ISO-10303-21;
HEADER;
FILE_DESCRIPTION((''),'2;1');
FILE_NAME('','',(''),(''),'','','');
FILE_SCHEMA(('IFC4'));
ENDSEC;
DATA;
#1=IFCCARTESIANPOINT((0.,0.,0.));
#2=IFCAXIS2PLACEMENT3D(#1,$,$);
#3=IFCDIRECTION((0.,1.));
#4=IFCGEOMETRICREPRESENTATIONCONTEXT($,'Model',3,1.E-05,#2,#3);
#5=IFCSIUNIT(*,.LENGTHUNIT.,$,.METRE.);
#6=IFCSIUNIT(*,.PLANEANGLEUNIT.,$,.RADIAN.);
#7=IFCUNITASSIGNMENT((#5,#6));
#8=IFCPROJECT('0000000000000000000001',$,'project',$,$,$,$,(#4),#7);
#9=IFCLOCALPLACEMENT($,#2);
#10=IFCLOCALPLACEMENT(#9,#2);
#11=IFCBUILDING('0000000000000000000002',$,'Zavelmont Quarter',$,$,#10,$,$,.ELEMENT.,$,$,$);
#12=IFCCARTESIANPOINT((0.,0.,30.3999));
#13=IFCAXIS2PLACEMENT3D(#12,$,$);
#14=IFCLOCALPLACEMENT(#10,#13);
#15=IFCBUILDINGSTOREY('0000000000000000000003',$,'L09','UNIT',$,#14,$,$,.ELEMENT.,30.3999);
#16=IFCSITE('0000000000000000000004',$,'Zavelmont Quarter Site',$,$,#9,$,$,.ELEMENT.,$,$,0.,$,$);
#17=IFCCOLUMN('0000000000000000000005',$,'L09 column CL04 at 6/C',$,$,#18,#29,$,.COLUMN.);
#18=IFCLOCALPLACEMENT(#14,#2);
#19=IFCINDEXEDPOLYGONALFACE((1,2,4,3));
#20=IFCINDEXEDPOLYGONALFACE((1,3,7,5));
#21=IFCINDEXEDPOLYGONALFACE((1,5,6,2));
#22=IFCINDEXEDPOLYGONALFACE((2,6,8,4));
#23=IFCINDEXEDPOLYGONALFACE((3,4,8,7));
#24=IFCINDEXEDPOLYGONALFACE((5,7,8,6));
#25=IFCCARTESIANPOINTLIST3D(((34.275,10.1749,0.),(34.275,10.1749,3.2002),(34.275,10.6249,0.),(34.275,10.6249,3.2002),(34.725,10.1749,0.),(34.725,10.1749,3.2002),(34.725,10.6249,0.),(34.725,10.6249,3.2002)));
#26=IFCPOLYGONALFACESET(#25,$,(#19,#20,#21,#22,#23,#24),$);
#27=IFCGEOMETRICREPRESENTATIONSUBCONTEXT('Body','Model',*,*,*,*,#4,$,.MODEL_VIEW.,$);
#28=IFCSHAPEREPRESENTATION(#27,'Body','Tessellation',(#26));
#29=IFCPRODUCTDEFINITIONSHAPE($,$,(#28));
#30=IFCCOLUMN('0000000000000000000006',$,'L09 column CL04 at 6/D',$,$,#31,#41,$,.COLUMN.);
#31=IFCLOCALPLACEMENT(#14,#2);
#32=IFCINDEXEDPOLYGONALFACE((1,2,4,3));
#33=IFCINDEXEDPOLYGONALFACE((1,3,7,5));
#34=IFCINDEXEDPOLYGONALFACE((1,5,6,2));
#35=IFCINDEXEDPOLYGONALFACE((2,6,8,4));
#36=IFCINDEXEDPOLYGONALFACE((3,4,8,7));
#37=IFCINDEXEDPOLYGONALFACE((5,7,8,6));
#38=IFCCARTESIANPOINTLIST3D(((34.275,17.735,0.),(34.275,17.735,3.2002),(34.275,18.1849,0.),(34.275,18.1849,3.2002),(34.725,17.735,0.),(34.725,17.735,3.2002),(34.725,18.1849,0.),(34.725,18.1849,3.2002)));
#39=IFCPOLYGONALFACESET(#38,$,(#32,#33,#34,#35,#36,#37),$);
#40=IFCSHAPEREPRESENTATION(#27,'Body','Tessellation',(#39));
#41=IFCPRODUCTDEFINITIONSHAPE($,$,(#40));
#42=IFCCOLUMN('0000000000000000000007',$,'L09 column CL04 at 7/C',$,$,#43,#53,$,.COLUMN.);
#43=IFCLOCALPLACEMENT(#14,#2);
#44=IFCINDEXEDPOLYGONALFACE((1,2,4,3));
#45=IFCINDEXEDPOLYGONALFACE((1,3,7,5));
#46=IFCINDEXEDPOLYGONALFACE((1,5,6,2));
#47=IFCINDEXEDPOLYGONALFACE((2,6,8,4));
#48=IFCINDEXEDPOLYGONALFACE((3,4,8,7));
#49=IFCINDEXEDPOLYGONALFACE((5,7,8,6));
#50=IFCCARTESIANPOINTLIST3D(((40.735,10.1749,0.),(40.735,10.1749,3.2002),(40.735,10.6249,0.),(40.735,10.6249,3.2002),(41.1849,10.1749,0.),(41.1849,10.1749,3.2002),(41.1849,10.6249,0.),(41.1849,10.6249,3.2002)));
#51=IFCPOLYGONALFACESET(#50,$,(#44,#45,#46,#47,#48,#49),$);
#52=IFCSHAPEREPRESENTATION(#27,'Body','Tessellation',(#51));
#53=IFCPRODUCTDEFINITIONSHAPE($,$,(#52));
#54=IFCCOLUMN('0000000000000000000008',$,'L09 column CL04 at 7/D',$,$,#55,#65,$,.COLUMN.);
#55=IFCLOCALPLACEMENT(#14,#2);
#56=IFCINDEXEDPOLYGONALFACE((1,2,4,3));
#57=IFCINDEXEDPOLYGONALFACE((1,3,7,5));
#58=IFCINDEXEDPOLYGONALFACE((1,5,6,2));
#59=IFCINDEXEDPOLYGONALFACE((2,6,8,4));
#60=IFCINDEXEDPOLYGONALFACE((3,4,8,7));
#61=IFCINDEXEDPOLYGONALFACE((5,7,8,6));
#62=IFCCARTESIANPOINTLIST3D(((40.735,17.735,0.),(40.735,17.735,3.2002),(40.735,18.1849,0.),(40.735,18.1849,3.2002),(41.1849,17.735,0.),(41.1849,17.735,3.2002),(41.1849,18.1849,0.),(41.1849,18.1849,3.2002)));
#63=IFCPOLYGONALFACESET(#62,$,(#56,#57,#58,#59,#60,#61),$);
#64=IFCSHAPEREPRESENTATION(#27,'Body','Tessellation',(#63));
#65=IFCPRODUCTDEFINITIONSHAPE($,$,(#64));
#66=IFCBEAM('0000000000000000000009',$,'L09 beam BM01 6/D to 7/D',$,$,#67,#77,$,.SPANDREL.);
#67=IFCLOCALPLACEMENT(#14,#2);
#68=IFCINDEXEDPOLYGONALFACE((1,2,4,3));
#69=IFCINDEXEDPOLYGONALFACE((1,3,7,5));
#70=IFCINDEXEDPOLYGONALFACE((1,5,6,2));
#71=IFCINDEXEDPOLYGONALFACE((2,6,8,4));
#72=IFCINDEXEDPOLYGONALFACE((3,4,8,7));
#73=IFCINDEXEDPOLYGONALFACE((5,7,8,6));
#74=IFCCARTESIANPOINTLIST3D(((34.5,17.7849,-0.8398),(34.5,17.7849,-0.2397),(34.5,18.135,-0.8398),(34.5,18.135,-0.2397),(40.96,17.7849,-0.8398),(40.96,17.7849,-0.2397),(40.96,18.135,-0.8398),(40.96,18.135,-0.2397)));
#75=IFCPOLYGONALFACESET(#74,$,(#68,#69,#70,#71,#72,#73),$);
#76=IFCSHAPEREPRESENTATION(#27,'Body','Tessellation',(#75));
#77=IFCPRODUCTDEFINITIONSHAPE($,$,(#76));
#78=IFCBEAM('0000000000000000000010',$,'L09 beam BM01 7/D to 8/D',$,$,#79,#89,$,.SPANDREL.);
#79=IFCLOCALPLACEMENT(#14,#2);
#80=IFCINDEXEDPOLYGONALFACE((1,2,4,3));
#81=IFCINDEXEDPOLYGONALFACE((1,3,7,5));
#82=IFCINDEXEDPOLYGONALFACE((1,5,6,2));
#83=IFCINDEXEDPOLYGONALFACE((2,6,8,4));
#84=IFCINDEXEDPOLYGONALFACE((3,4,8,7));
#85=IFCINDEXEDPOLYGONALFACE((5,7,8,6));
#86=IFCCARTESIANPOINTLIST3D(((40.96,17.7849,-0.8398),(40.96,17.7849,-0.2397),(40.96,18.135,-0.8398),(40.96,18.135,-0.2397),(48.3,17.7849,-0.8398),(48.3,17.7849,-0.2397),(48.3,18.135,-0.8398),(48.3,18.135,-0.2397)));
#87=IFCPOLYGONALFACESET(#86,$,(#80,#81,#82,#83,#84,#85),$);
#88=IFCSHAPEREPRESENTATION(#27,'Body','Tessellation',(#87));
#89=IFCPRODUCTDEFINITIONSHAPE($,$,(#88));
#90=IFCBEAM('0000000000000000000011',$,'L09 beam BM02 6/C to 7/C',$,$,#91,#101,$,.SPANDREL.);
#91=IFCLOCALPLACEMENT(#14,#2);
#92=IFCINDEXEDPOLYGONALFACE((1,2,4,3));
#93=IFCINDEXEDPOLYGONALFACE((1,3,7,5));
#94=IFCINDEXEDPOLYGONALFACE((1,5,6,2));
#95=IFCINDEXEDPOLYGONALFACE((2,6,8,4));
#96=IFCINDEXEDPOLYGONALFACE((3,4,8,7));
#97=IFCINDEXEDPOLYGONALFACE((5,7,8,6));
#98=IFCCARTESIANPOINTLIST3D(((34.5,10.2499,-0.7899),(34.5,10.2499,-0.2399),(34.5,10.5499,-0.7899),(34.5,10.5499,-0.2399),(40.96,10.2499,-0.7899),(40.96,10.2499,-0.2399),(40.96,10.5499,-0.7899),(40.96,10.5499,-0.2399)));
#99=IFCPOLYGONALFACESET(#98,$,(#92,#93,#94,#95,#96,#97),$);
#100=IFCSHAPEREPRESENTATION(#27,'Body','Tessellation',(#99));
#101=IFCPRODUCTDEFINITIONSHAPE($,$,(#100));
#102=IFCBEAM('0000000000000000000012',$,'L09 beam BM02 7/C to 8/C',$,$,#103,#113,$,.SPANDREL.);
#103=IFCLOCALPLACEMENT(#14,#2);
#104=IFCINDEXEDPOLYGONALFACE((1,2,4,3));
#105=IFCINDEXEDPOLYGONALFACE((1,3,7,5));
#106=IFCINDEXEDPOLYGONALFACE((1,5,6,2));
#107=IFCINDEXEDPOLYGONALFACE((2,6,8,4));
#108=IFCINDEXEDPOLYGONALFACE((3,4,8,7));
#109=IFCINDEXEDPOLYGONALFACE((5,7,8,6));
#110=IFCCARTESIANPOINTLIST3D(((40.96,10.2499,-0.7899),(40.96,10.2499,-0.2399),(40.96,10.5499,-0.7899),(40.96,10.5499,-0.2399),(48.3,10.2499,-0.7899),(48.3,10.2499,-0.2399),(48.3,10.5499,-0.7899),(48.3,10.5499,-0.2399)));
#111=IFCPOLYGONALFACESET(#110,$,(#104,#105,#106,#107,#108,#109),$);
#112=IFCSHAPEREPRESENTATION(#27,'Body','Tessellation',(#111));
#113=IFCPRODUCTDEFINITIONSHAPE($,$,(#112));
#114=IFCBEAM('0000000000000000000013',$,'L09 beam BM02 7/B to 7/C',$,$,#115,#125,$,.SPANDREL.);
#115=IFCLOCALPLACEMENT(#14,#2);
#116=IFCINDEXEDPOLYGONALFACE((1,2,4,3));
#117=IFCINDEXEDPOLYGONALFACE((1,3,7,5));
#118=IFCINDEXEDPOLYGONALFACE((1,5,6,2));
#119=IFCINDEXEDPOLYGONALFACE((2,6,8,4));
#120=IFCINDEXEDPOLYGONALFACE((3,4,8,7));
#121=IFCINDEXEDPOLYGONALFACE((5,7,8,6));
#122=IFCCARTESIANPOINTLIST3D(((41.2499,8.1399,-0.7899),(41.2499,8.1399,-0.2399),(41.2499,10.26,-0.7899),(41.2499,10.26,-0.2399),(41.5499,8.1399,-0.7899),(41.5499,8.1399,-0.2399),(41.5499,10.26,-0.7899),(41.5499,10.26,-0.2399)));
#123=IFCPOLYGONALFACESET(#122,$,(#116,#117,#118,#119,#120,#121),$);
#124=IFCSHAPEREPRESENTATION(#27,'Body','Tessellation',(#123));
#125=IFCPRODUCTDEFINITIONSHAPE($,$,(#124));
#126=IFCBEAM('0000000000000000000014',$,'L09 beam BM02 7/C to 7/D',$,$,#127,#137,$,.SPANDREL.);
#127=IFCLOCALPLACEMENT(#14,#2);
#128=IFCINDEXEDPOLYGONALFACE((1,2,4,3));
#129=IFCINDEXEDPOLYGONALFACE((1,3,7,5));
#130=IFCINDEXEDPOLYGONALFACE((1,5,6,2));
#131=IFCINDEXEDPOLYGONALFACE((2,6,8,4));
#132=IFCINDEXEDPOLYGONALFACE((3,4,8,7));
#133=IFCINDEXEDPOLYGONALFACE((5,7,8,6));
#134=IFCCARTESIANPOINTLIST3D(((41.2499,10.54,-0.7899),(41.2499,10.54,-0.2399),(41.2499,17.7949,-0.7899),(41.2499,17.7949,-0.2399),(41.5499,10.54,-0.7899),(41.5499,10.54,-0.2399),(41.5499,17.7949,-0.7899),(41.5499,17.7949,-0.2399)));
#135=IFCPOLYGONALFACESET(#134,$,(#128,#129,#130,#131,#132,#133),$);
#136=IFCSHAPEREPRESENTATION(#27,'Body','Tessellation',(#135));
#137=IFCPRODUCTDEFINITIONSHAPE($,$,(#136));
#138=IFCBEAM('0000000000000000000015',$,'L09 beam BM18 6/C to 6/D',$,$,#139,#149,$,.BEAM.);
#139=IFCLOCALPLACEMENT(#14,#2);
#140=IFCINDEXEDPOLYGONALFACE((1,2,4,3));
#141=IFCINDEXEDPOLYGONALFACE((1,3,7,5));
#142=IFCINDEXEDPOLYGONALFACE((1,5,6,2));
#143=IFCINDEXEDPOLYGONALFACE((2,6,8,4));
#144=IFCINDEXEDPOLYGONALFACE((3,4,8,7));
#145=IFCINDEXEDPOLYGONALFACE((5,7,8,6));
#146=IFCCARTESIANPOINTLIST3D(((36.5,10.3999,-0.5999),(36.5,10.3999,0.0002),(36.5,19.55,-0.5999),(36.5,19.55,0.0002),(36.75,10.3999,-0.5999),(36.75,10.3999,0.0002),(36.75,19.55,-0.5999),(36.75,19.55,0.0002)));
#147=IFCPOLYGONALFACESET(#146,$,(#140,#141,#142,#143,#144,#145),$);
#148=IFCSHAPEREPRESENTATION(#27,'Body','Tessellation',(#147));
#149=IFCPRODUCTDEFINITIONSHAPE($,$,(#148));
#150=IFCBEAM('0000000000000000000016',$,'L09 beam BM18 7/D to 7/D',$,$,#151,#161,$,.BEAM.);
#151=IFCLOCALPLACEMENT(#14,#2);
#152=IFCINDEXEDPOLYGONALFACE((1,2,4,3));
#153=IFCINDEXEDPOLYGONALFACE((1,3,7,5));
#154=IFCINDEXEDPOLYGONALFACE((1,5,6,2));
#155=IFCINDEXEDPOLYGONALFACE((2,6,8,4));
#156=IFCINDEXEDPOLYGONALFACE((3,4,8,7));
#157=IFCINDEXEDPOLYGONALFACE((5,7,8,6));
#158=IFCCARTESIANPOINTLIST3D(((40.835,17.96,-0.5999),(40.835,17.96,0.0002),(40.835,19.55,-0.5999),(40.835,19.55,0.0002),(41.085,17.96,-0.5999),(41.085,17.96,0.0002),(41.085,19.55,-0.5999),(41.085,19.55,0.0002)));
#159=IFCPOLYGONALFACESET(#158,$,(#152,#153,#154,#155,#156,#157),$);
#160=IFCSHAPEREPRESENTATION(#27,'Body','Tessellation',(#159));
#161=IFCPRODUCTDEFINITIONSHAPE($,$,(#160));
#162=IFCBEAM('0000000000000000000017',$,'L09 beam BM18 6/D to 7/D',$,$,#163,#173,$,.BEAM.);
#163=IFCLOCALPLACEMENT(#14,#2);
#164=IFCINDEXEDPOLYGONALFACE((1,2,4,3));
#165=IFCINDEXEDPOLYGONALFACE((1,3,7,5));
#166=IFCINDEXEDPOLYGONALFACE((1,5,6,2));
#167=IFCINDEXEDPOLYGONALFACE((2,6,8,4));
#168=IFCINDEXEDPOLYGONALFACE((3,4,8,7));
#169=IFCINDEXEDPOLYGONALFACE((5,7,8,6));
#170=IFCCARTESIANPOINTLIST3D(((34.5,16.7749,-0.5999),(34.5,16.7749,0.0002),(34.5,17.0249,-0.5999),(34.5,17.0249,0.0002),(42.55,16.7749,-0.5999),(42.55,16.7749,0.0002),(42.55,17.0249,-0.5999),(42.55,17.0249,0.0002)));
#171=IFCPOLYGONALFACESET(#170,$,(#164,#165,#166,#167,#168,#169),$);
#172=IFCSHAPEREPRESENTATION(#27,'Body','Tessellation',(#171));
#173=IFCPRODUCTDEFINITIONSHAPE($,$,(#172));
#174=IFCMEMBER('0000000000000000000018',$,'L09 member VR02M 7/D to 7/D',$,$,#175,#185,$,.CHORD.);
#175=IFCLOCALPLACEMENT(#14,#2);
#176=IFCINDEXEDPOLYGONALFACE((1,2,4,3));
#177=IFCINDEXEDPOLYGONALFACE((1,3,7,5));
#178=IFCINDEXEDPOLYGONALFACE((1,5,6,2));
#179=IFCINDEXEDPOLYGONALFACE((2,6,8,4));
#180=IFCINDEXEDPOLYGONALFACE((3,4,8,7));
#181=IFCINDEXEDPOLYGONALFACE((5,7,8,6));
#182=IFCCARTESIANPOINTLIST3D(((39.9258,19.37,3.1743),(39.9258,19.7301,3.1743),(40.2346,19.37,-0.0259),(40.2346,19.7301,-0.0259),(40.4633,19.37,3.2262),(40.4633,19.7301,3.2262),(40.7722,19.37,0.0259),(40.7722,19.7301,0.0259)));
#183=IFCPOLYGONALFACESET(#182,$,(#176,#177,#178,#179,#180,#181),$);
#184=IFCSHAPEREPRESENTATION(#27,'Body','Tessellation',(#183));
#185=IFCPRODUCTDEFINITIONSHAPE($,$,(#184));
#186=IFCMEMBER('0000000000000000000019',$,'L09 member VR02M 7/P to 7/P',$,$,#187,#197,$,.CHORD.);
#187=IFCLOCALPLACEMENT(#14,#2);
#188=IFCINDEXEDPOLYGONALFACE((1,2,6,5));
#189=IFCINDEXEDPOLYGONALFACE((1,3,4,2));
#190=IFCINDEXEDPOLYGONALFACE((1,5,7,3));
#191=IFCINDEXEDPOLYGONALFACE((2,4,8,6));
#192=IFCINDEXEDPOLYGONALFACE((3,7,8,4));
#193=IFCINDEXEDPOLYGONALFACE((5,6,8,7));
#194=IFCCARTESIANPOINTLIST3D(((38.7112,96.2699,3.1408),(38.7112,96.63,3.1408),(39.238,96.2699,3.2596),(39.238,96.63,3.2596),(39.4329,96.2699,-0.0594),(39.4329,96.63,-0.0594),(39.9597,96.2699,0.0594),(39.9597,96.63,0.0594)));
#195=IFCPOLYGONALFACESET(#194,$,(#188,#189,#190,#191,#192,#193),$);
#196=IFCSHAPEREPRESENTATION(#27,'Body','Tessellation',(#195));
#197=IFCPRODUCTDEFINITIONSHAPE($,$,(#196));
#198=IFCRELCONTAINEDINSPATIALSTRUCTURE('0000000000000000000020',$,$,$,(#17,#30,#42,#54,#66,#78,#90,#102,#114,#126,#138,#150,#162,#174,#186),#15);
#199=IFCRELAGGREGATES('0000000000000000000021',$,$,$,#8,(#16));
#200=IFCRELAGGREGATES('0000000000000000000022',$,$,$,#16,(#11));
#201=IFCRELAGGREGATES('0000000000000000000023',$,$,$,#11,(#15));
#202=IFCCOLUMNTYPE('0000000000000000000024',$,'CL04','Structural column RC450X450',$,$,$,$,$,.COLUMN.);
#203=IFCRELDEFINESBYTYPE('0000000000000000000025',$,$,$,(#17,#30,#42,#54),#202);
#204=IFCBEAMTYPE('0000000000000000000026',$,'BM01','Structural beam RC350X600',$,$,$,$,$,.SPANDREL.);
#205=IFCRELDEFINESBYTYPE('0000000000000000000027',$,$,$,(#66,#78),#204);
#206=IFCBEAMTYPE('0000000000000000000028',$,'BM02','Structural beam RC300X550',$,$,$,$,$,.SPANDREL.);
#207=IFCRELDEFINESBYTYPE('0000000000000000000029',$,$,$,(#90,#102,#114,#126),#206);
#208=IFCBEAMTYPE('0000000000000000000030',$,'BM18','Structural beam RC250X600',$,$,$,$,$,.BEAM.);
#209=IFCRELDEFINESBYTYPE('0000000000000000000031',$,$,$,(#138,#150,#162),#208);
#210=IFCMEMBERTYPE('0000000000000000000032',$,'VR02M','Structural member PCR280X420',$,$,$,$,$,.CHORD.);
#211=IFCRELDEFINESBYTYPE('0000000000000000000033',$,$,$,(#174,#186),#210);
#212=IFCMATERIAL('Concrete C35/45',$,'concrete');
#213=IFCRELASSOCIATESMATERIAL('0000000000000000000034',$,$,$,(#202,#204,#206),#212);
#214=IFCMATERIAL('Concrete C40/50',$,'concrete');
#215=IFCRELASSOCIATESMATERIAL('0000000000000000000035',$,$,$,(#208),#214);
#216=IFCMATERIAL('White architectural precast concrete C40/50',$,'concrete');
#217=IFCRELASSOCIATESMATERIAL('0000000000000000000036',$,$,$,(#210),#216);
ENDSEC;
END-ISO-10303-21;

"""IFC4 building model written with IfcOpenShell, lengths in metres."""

from ifc_helpers import new_model, si_unit, direction, frame, origin, origin_2d, place, context, subcontext, project, spatial, rectangle, extrude, material, material_profile, profile_set, type_object, element, save


model = new_model("IFC4")

# Units and contexts
model_context = context("Model", 3, precision=1e-05, world=origin(), true_north=direction((0.0, 1.0)))
body_context = subcontext(model_context, "Body", "Model", "MODEL_VIEW")
ifc_project = project(units=[si_unit("LENGTHUNIT", "METRE"), si_unit("PLANEANGLEUNIT", "RADIAN")], contexts=[model_context])

# Site, building, storey
site_placement = place(None, origin())
site = spatial("IfcSite", under=ifc_project, at=site_placement, Name="Zavelmont Quarter Site", CompositionType="ELEMENT", RefElevation=0.0)
building_placement = place(site_placement, origin())
building = spatial("IfcBuilding", under=site, at=building_placement, Name="Zavelmont Quarter", CompositionType="ELEMENT")
storey_placement = place(building_placement, frame((0.0, 0.0, 30.3999)))
storey = spatial("IfcBuildingStorey", under=building, at=storey_placement, Name="L09", Description="UNIT", CompositionType="ELEMENT", Elevation=30.3999)

# Columns
ifc_material_1 = material(Name="Concrete C35/45", Category="concrete")
ifc_material_profile_1 = material_profile(ifc_material_1, rectangle(XDim=0.45, YDim=0.45, at=origin_2d()), Name="RC450X450")
ifc_profile_set_1 = profile_set([ifc_material_profile_1], Name="Concrete C35/45")
column_type = type_object("IfcColumnType", Name="CL04", Description="Structural column RC450X450", PredefinedType="COLUMN", material=ifc_profile_set_1)
for number, where, z_axis, x_axis, name in (
    (1, (34.5, 10.3999, 0.0), (0.0, 0.0, 1.0), (1.0, 0.0, 0.0), "L09 column CL04 at 6/C"),
    (2, (34.5, 17.96, 0.0), (0.0, 0.0, 1.0), (1.0, 0.0, 0.0), "L09 column CL04 at 6/D"),
    (3, (40.96, 10.3999, 0.0), (0.0, 0.0, 1.0), (1.0, 0.0, 0.0), "L09 column CL04 at 7/C"),
    (4, (40.96, 17.96, 0.0), (0.0, 0.0, 1.0), (1.0, 0.0, 0.0), "L09 column CL04 at 7/D"),
):
    element("IfcColumn", number, at=place(storey_placement, frame(where, z_axis=z_axis, x_axis=x_axis)), inside=storey, type_object=column_type, Name=name, PredefinedType="COLUMN", context=body_context, shape_type="SweptSolid", body=[
        extrude(rectangle(XDim=0.45, YDim=0.45, at=origin_2d()), origin(), (0.0, 0.0, 1.0), 3.2002),
    ])

# Beams
ifc_material_profile_2 = material_profile(ifc_material_1, rectangle(XDim=0.3501, YDim=0.6001, at=origin_2d()), Name="RC350X600")
ifc_profile_set_2 = profile_set([ifc_material_profile_2], Name="Concrete C35/45")
beam_type_1 = type_object("IfcBeamType", Name="BM01", Description="Structural beam RC350X600", PredefinedType="SPANDREL", material=ifc_profile_set_2)
beam_1_placement = place(storey_placement, frame((34.5, 17.96, -0.5398), z_axis=(1.0, 0.0, 0.0), x_axis=(0.0, 1.0, 0.0)))
element("IfcBeam", 5, at=beam_1_placement, inside=storey, type_object=beam_type_1, Name="L09 beam BM01 6/D to 7/D", PredefinedType="SPANDREL", context=body_context, shape_type="SweptSolid", body=[
    extrude(rectangle(XDim=0.3501, YDim=0.6001, at=origin_2d()), origin(), (0.0, 0.0, 1.0), 6.46),
])
beam_2_placement = place(storey_placement, frame((40.96, 17.96, -0.5398), z_axis=(1.0, 0.0, 0.0), x_axis=(0.0, 1.0, 0.0)))
element("IfcBeam", 6, at=beam_2_placement, inside=storey, type_object=beam_type_1, Name="L09 beam BM01 7/D to 8/D", PredefinedType="SPANDREL", context=body_context, shape_type="SweptSolid", body=[
    extrude(rectangle(XDim=0.3501, YDim=0.6001, at=origin_2d()), origin(), (0.0, 0.0, 1.0), 7.3401),
])
ifc_material_profile_3 = material_profile(ifc_material_1, rectangle(XDim=0.3, YDim=0.55, at=origin_2d()), Name="RC300X550")
ifc_profile_set_3 = profile_set([ifc_material_profile_3], Name="Concrete C35/45")
beam_type_2 = type_object("IfcBeamType", Name="BM02", Description="Structural beam RC300X550", PredefinedType="SPANDREL", material=ifc_profile_set_3)
beam_3_placement = place(storey_placement, frame((34.5, 10.3999, -0.5149), z_axis=(1.0, 0.0, 0.0), x_axis=(0.0, 1.0, 0.0)))
element("IfcBeam", 7, at=beam_3_placement, inside=storey, type_object=beam_type_2, Name="L09 beam BM02 6/C to 7/C", PredefinedType="SPANDREL", context=body_context, shape_type="SweptSolid", body=[
    extrude(rectangle(XDim=0.3, YDim=0.55, at=origin_2d()), origin(), (0.0, 0.0, 1.0), 6.46),
])
beam_4_placement = place(storey_placement, frame((40.96, 10.3999, -0.5149), z_axis=(1.0, 0.0, 0.0), x_axis=(0.0, 1.0, 0.0)))
element("IfcBeam", 8, at=beam_4_placement, inside=storey, type_object=beam_type_2, Name="L09 beam BM02 7/C to 8/C", PredefinedType="SPANDREL", context=body_context, shape_type="SweptSolid", body=[
    extrude(rectangle(XDim=0.3, YDim=0.55, at=origin_2d()), origin(), (0.0, 0.0, 1.0), 7.3401),
])
beam_5_placement = place(storey_placement, frame((41.3999, 8.1399, -0.5149), z_axis=(0.0, 1.0, 0.0), x_axis=(-1.0, 0.0, 0.0)))
element("IfcBeam", 9, at=beam_5_placement, inside=storey, type_object=beam_type_2, Name="L09 beam BM02 7/B to 7/C", PredefinedType="SPANDREL", context=body_context, shape_type="SweptSolid", body=[
    extrude(rectangle(XDim=0.3, YDim=0.55, at=origin_2d()), origin(), (0.0, 0.0, 1.0), 2.1201),
])
beam_6_placement = place(storey_placement, frame((41.3999, 10.54, -0.5149), z_axis=(0.0, 1.0, 0.0), x_axis=(-1.0, 0.0, 0.0)))
element("IfcBeam", 10, at=beam_6_placement, inside=storey, type_object=beam_type_2, Name="L09 beam BM02 7/C to 7/D", PredefinedType="SPANDREL", context=body_context, shape_type="SweptSolid", body=[
    extrude(rectangle(XDim=0.3, YDim=0.55, at=origin_2d()), origin(), (0.0, 0.0, 1.0), 7.2549),
])
ifc_material_2 = material(Name="Concrete C40/50", Category="concrete")
ifc_material_profile_4 = material_profile(ifc_material_2, rectangle(XDim=0.25, YDim=0.6001, at=origin_2d()), Name="RC250X600")
ifc_profile_set_4 = profile_set([ifc_material_profile_4], Name="Concrete C40/50")
beam_type_3 = type_object("IfcBeamType", Name="BM18", Description="Structural beam RC250X600", PredefinedType="BEAM", material=ifc_profile_set_4)
beam_7_placement = place(storey_placement, frame((36.625, 10.3999, -0.2998), z_axis=(0.0, 1.0, 0.0), x_axis=(-1.0, 0.0, 0.0)))
element("IfcBeam", 11, at=beam_7_placement, inside=storey, type_object=beam_type_3, Name="L09 beam BM18 6/C to 6/D", PredefinedType="BEAM", context=body_context, shape_type="SweptSolid", body=[
    extrude(rectangle(XDim=0.25, YDim=0.6001, at=origin_2d()), origin(), (0.0, 0.0, 1.0), 9.1501),
])
beam_8_placement = place(storey_placement, frame((40.96, 17.96, -0.2998), z_axis=(0.0, 1.0, 0.0), x_axis=(-1.0, 0.0, 0.0)))
element("IfcBeam", 12, at=beam_8_placement, inside=storey, type_object=beam_type_3, Name="L09 beam BM18 7/D to 7/D", PredefinedType="BEAM", context=body_context, shape_type="SweptSolid", body=[
    extrude(rectangle(XDim=0.25, YDim=0.6001, at=origin_2d()), origin(), (0.0, 0.0, 1.0), 1.5901),
])
beam_9_placement = place(storey_placement, frame((34.5, 16.8999, -0.2998), z_axis=(1.0, 0.0, 0.0), x_axis=(0.0, 1.0, 0.0)))
element("IfcBeam", 13, at=beam_9_placement, inside=storey, type_object=beam_type_3, Name="L09 beam BM18 6/D to 7/D", PredefinedType="BEAM", context=body_context, shape_type="SweptSolid", body=[
    extrude(rectangle(XDim=0.25, YDim=0.6001, at=origin_2d()), origin(), (0.0, 0.0, 1.0), 8.05),
])

# Members
ifc_material_3 = material(Name="White architectural precast concrete C40/50", Category="concrete")
ifc_material_profile_5 = material_profile(ifc_material_3, rectangle(XDim=0.3601, YDim=0.54, at=origin_2d()), Name="PCR280X420")
ifc_profile_set_5 = profile_set([ifc_material_profile_5], Name="White architectural precast concrete C40/50")
member_type = type_object("IfcMemberType", Name="VR02M", Description="Structural member PCR280X420", PredefinedType="CHORD", material=ifc_profile_set_5)
member_1_placement = place(storey_placement, frame((40.5034, 19.55, 0.0), z_axis=(-0.09606, 0.0, 0.995376), x_axis=(0.0, -1.0, 0.0)))
element("IfcMember", 14, at=member_1_placement, inside=storey, type_object=member_type, Name="L09 member VR02M 7/D to 7/D", PredefinedType="CHORD", context=body_context, shape_type="SweptSolid", body=[
    extrude(rectangle(XDim=0.3601, YDim=0.54, at=origin_2d()), origin(), (0.0, 0.0, 1.0), 3.2151),
])
member_2_placement = place(storey_placement, frame((39.6963, 96.45, 0.0), z_axis=(-0.219987, 0.0, 0.975503), x_axis=(0.0, -1.0, 0.0)))
element("IfcMember", 15, at=member_2_placement, inside=storey, type_object=member_type, Name="L09 member VR02M 7/P to 7/P", PredefinedType="CHORD", context=body_context, shape_type="SweptSolid", body=[
    extrude(rectangle(XDim=0.3601, YDim=0.54, at=origin_2d()), origin(), (0.0, 0.0, 1.0), 3.2805),
])

save(model, "model.ifc")
